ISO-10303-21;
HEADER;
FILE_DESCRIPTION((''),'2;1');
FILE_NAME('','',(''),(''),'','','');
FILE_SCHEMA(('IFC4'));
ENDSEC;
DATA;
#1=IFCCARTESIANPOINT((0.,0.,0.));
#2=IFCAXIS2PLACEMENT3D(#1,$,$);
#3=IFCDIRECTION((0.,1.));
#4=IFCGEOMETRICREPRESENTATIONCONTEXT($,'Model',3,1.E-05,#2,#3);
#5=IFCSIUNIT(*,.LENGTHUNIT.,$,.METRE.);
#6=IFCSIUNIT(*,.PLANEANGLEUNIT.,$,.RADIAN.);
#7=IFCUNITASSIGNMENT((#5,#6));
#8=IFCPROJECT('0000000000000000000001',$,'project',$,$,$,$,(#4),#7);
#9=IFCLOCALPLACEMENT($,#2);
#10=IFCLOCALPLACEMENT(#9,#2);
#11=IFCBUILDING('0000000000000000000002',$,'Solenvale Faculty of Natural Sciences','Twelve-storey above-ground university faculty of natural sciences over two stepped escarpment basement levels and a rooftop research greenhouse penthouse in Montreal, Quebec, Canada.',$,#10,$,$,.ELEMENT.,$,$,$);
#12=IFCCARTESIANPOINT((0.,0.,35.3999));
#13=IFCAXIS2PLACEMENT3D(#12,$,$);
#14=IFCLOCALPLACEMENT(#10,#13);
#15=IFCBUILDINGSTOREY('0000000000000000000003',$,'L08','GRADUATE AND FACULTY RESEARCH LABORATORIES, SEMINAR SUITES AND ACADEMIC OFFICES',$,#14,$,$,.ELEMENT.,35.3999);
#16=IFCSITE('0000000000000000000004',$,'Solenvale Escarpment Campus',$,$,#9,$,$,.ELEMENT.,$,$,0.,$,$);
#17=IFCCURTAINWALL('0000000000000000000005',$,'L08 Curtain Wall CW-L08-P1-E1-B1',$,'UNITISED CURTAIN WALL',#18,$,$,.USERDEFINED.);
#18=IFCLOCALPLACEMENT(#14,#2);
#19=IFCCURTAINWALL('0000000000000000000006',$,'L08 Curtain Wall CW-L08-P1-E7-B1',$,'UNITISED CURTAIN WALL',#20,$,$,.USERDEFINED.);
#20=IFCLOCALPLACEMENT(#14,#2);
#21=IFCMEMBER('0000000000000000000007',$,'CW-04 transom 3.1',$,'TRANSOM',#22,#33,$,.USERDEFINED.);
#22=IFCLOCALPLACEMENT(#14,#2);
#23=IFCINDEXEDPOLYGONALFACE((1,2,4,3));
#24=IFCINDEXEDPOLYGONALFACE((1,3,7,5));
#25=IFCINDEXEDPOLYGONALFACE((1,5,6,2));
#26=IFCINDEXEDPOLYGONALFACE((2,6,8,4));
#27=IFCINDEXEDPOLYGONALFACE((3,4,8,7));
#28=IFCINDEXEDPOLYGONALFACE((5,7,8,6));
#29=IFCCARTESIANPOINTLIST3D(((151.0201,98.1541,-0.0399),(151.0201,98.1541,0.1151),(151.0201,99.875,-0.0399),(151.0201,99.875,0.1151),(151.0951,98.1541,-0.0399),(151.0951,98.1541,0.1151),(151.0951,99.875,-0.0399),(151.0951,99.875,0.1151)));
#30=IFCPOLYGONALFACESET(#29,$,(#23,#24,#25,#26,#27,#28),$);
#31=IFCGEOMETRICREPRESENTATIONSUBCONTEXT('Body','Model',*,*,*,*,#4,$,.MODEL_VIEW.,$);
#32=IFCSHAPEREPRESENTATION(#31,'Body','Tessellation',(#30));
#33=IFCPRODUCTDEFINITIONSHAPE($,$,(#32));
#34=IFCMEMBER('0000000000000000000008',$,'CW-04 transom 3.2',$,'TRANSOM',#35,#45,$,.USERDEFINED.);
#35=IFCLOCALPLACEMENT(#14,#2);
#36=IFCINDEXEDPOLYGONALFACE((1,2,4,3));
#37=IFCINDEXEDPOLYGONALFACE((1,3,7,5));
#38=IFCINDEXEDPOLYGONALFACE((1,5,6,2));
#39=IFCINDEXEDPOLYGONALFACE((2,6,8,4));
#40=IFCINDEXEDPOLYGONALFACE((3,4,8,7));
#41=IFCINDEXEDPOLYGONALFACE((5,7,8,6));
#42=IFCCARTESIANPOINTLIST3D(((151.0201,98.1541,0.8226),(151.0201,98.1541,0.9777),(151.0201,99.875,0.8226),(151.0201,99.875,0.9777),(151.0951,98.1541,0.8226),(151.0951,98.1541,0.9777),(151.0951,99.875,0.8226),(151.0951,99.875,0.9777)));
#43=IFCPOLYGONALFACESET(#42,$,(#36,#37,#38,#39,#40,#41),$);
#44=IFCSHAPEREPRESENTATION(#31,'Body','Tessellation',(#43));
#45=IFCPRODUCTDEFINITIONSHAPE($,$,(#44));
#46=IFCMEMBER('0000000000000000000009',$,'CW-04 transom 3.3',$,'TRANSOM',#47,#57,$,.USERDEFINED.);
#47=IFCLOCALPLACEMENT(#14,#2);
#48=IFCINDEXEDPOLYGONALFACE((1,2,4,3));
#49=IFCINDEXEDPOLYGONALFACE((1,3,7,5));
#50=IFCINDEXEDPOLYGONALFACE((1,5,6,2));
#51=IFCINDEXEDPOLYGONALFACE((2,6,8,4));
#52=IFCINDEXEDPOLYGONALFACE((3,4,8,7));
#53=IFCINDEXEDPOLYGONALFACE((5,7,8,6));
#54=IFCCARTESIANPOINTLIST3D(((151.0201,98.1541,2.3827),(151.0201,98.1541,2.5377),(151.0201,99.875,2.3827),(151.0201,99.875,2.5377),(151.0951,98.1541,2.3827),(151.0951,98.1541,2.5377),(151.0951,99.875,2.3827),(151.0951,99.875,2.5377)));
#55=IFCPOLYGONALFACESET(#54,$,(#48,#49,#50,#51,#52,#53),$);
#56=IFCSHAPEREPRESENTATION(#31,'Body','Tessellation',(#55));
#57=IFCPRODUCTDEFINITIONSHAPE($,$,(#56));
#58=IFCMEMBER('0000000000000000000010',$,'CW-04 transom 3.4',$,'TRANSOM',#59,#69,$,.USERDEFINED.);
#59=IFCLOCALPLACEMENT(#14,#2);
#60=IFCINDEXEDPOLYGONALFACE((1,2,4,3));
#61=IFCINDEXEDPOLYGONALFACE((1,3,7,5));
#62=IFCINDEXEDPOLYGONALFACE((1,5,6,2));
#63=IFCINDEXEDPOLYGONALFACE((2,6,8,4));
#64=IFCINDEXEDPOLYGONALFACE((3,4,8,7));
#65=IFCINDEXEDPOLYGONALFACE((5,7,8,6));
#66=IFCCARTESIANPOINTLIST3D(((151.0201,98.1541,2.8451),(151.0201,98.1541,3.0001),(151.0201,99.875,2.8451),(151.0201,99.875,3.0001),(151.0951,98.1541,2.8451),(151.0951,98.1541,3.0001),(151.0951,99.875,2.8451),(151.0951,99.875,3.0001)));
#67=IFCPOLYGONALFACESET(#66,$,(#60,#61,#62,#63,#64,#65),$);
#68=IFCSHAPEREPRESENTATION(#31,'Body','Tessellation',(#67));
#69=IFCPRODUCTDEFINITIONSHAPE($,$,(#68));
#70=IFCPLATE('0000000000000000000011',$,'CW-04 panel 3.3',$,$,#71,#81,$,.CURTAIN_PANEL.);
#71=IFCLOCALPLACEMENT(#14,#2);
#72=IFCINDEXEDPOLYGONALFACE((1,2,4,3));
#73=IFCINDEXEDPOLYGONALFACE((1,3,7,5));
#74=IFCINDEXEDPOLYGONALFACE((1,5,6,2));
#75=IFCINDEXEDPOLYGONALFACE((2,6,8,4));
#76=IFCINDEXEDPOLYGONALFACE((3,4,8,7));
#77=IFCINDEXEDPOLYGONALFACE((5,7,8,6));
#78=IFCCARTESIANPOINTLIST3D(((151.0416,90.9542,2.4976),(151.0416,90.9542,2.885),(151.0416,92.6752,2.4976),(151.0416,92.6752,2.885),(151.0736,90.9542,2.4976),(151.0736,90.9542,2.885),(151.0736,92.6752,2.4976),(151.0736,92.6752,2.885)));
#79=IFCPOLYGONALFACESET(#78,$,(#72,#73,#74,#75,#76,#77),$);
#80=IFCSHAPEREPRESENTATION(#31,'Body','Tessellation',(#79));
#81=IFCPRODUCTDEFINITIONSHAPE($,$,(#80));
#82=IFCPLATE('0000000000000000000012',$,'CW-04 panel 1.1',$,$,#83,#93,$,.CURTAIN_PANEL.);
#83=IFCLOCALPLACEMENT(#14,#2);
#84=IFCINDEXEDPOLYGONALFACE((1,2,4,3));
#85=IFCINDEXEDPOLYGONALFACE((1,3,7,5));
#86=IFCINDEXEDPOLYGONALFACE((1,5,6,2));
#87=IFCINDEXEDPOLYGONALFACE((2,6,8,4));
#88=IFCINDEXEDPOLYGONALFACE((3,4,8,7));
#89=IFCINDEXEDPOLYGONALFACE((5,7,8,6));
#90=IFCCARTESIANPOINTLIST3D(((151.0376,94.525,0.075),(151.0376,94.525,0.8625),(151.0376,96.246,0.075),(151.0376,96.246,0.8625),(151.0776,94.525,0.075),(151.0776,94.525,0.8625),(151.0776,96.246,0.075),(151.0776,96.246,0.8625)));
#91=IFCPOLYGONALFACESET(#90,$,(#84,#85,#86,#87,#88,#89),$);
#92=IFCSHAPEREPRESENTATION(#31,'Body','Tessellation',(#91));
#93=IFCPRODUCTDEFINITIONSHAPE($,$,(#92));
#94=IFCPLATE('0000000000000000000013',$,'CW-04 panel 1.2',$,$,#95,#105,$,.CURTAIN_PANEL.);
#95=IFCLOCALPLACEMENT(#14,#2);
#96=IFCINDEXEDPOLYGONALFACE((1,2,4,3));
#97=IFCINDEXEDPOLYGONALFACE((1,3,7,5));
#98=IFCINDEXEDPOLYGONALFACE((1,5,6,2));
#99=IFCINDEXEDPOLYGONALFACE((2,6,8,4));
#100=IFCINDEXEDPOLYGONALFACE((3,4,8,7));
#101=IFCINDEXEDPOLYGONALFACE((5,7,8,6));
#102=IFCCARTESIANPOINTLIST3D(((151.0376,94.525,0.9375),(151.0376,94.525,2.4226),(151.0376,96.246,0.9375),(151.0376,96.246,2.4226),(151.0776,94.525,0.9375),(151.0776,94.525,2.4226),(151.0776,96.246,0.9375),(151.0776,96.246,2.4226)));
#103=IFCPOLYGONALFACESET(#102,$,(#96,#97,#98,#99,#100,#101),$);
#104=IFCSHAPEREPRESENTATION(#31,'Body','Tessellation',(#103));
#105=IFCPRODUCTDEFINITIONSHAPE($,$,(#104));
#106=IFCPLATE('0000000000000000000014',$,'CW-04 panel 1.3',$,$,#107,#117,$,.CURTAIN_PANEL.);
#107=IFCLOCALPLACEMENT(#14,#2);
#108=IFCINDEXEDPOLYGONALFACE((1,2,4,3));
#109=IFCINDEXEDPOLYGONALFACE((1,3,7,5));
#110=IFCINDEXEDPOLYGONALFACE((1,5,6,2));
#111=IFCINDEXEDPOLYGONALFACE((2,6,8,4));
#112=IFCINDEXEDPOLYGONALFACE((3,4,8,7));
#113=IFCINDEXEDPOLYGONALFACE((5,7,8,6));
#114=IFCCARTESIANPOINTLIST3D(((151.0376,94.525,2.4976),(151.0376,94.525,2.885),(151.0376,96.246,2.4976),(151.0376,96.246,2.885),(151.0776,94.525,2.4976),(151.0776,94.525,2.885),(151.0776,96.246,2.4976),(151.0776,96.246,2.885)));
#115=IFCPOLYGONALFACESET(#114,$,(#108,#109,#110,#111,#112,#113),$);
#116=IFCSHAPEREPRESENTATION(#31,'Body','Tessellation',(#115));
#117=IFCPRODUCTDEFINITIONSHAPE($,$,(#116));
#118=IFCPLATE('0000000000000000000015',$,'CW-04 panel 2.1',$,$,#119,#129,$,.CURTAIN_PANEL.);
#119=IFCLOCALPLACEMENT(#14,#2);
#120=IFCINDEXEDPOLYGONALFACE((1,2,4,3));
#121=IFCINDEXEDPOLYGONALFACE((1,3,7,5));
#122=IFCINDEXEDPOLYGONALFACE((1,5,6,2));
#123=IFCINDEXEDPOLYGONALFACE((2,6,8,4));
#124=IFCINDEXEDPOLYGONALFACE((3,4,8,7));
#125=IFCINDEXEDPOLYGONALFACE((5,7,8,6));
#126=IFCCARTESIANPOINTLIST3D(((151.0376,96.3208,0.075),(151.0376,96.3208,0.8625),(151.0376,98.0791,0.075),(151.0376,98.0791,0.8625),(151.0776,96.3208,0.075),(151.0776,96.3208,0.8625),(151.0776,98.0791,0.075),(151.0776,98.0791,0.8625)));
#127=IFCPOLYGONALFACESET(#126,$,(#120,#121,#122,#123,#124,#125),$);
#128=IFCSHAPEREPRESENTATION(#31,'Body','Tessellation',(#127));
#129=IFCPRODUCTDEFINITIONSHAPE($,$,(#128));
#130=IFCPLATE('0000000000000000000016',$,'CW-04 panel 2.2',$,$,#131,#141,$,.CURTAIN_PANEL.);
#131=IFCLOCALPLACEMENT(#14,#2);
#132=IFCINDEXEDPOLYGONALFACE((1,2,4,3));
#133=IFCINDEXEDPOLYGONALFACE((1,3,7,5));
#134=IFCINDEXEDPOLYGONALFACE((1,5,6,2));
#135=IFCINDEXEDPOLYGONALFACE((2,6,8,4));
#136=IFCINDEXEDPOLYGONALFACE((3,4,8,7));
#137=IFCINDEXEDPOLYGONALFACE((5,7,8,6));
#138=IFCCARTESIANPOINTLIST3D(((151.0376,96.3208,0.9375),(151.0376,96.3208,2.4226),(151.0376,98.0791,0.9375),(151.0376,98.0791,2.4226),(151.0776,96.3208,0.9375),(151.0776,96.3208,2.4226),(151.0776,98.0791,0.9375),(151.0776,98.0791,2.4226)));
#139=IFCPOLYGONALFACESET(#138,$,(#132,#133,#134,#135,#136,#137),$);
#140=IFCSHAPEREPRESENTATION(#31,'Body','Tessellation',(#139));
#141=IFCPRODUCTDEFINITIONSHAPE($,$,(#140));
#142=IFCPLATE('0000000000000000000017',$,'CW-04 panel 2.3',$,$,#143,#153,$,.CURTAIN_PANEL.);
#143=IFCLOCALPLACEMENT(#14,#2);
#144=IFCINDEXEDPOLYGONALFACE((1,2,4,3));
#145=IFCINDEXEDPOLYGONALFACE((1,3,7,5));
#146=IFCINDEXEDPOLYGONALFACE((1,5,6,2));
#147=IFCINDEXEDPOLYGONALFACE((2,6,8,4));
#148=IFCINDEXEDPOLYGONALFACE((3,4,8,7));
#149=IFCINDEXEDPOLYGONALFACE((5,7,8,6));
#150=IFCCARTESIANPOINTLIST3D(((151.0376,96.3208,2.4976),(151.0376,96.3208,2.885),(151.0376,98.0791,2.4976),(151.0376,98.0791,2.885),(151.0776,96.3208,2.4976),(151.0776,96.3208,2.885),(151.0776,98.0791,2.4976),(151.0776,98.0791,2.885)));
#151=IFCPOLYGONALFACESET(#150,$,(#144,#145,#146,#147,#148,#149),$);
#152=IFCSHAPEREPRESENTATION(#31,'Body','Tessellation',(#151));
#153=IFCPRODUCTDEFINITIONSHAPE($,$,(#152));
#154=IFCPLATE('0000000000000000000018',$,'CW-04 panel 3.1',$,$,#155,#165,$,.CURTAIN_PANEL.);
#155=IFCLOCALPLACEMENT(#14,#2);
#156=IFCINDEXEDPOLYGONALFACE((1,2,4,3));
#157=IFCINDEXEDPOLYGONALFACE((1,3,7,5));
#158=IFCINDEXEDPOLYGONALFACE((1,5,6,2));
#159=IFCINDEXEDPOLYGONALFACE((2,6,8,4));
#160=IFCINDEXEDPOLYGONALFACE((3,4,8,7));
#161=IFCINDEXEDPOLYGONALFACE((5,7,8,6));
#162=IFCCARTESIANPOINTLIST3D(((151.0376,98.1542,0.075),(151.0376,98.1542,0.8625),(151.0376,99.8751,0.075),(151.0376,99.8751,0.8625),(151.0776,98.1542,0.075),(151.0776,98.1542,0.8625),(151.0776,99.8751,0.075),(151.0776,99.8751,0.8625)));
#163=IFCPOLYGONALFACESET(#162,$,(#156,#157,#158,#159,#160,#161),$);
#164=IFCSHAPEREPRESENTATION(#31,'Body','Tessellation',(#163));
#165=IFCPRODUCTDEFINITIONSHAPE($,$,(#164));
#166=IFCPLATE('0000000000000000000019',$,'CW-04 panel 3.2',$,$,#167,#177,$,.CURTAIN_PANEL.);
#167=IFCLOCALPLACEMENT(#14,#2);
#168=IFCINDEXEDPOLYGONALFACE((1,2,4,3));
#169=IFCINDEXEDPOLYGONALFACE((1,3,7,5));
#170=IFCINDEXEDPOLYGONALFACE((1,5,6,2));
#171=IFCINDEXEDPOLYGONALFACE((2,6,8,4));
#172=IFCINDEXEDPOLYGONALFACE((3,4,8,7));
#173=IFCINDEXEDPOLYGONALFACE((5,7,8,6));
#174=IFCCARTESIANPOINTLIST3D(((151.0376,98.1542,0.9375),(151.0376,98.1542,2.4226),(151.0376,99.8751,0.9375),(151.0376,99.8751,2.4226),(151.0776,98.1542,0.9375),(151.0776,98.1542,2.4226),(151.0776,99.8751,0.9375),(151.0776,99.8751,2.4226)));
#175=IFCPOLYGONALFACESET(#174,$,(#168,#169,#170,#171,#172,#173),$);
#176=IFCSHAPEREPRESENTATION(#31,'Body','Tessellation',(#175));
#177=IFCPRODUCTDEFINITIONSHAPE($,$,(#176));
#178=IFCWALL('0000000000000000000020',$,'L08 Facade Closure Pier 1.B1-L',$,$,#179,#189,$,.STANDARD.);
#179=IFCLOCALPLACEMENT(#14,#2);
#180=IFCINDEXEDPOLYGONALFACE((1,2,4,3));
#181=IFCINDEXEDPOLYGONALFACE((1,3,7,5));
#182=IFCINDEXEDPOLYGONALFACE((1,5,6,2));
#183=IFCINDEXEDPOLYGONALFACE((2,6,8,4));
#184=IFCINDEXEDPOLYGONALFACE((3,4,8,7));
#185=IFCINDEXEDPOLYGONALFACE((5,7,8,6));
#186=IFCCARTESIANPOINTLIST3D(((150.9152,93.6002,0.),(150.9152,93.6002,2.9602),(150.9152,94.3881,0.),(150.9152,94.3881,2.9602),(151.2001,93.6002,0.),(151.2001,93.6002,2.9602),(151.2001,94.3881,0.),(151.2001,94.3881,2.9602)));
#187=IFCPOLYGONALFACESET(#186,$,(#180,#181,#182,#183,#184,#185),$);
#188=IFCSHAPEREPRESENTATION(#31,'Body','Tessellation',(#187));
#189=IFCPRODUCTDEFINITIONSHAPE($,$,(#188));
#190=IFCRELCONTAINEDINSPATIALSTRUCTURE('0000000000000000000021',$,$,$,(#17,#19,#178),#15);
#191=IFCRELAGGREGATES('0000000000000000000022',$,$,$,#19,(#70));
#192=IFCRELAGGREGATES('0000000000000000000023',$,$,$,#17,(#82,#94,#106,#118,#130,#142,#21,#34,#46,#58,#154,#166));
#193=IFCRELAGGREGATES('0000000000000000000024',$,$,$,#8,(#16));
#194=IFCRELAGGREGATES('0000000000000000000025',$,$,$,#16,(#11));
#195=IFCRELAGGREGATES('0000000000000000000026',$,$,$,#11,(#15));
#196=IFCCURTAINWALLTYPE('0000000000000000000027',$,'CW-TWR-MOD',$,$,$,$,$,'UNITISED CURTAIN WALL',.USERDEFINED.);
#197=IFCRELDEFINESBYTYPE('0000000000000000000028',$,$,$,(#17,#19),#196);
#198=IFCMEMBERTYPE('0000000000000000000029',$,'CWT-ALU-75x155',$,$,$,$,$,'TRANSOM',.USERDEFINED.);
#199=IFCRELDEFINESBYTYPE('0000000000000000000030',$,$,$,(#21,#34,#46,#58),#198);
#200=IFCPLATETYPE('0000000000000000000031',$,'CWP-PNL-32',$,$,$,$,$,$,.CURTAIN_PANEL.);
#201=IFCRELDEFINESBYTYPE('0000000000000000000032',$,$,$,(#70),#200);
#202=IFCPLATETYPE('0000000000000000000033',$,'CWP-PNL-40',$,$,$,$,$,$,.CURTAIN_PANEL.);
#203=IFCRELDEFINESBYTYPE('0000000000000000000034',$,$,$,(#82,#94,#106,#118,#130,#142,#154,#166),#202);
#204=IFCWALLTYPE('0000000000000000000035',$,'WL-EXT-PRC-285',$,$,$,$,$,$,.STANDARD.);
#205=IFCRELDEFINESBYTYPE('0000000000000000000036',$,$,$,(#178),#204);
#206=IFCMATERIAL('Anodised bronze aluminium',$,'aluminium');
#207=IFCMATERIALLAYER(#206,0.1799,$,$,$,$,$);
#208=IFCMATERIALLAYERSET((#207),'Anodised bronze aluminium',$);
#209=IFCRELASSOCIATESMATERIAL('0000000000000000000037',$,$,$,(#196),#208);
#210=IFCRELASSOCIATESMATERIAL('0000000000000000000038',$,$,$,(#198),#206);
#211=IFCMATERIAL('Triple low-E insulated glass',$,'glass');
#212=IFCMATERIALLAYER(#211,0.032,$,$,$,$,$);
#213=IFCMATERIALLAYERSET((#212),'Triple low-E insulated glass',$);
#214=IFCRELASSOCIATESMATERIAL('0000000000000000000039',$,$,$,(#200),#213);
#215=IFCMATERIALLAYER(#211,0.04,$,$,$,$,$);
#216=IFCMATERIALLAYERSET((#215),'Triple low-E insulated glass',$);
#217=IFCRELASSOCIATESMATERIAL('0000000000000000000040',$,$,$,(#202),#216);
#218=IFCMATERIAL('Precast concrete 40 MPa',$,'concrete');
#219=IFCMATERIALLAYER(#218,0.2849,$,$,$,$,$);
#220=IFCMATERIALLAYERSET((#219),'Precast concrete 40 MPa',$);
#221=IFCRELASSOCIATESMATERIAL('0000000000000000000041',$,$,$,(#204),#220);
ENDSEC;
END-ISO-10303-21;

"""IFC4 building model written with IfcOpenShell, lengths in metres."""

from ifc_helpers import new_model, si_unit, direction, frame, frame_2d, origin, origin_2d, place, context, subcontext, project, spatial, rectangle, extrude, material, layer, layer_set, material_profile, profile_set, type_object, element, aggregate, save


model = new_model("IFC4")

# Units and contexts
model_context = context("Model", 3, precision=1e-05, world=origin(), true_north=direction((0.0, 1.0)))
body_context = subcontext(model_context, "Body", "Model", "MODEL_VIEW")
ifc_project = project(units=[si_unit("LENGTHUNIT", "METRE"), si_unit("PLANEANGLEUNIT", "RADIAN")], contexts=[model_context])

# Site, building, storey
site_placement = place(None, origin())
site = spatial("IfcSite", under=ifc_project, at=site_placement, Name="Solenvale Escarpment Campus", CompositionType="ELEMENT", RefElevation=0.0)
building_placement = place(site_placement, origin())
building = spatial("IfcBuilding", under=site, at=building_placement, Name="Solenvale Faculty of Natural Sciences", Description="Twelve-storey above-ground university faculty of natural sciences over two stepped escarpment basement levels and a rooftop research greenhouse penthouse in Montreal, Quebec, Canada.", CompositionType="ELEMENT")
storey_placement = place(building_placement, frame((0.0, 0.0, 35.3999)))
storey = spatial("IfcBuildingStorey", under=building, at=storey_placement, Name="L08", Description="GRADUATE AND FACULTY RESEARCH LABORATORIES, SEMINAR SUITES AND ACADEMIC OFFICES", CompositionType="ELEMENT", Elevation=35.3999)

# Curtain wall
ifc_material_1 = material(Name="Anodised bronze aluminium", Category="aluminium")
ifc_layer_1 = layer(ifc_material_1, 0.1799)
ifc_layer_set_1 = layer_set([ifc_layer_1], Name="Anodised bronze aluminium")
curtain_wall_type = type_object("IfcCurtainWallType", Name="CW-TWR-MOD", ElementType="UNITISED CURTAIN WALL", PredefinedType="USERDEFINED", material=ifc_layer_set_1)
curtain_wall_1_placement = place(storey_placement, origin())
curtain_wall_1 = element("IfcCurtainWall", 1, at=curtain_wall_1_placement, inside=storey, type_object=curtain_wall_type, Name="L08 Curtain Wall CW-L08-P1-E1-B1", ObjectType="UNITISED CURTAIN WALL", PredefinedType="USERDEFINED")

# Curtain wall
curtain_wall_2_placement = place(storey_placement, origin())
curtain_wall_2 = element("IfcCurtainWall", 2, at=curtain_wall_2_placement, inside=storey, type_object=curtain_wall_type, Name="L08 Curtain Wall CW-L08-P1-E7-B1", ObjectType="UNITISED CURTAIN WALL", PredefinedType="USERDEFINED")

# Members
ifc_material_profile_1 = material_profile(ifc_material_1, rectangle(XDim=0.075, YDim=0.155, at=origin_2d()), Name="ALU-TRN-75x155")
ifc_profile_set_1 = profile_set([ifc_material_profile_1], Name="Anodised bronze aluminium")
member_type_1 = type_object("IfcMemberType", Name="CWT-ALU-75x155", ElementType="TRANSOM", PredefinedType="USERDEFINED", material=ifc_profile_set_1)
member_1_placement = place(storey_placement, frame((151.0576, 98.1541, 0.0376), z_axis=(0.0, 1.0, 0.0), x_axis=(-1.0, 0.0, 0.0)))
member_1 = element("IfcMember", 3, at=member_1_placement, type_object=member_type_1, Name="CW-04 transom 3.1", ObjectType="TRANSOM", PredefinedType="USERDEFINED", context=body_context, shape_type="SweptSolid", body=[
    extrude(rectangle(XDim=0.075, YDim=0.155, at=origin_2d()), origin(), (0.0, 0.0, 1.0), 1.7209),
])
member_2_placement = place(storey_placement, frame((151.0576, 98.1541, 0.9001), z_axis=(0.0, 1.0, 0.0), x_axis=(-1.0, 0.0, 0.0)))
member_2 = element("IfcMember", 4, at=member_2_placement, type_object=member_type_1, Name="CW-04 transom 3.2", ObjectType="TRANSOM", PredefinedType="USERDEFINED", context=body_context, shape_type="SweptSolid", body=[
    extrude(rectangle(XDim=0.075, YDim=0.155, at=origin_2d()), origin(), (0.0, 0.0, 1.0), 1.7209),
])
member_3_placement = place(storey_placement, frame((151.0576, 98.1541, 2.4602), z_axis=(0.0, 1.0, 0.0), x_axis=(-1.0, 0.0, 0.0)))
member_3 = element("IfcMember", 5, at=member_3_placement, type_object=member_type_1, Name="CW-04 transom 3.3", ObjectType="TRANSOM", PredefinedType="USERDEFINED", context=body_context, shape_type="SweptSolid", body=[
    extrude(rectangle(XDim=0.075, YDim=0.155, at=origin_2d()), origin(), (0.0, 0.0, 1.0), 1.7209),
])
member_4_placement = place(storey_placement, frame((151.0576, 98.1541, 2.9226), z_axis=(0.0, 1.0, 0.0), x_axis=(-1.0, 0.0, 0.0)))
member_4 = element("IfcMember", 6, at=member_4_placement, type_object=member_type_1, Name="CW-04 transom 3.4", ObjectType="TRANSOM", PredefinedType="USERDEFINED", context=body_context, shape_type="SweptSolid", body=[
    extrude(rectangle(XDim=0.075, YDim=0.155, at=origin_2d()), origin(), (0.0, 0.0, 1.0), 1.7209),
])

# Plates
ifc_material_2 = material(Name="Triple low-E insulated glass", Category="glass")
ifc_layer_2 = layer(ifc_material_2, 0.032)
ifc_layer_set_2 = layer_set([ifc_layer_2], Name="Triple low-E insulated glass")
plate_type_1 = type_object("IfcPlateType", Name="CWP-PNL-32", PredefinedType="CURTAIN_PANEL", material=ifc_layer_set_2)
plate_1_placement = place(storey_placement, frame((151.0576, 91.8147, 2.4976), z_axis=(0.0, 0.0, 1.0), x_axis=(0.0, 1.0, 0.0)))
plate_1 = element("IfcPlate", 7, at=plate_1_placement, type_object=plate_type_1, Name="CW-04 panel 3.3", PredefinedType="CURTAIN_PANEL", context=body_context, shape_type="SweptSolid", body=[
    extrude(rectangle(XDim=1.7209, YDim=0.032, at=origin_2d()), origin(), (0.0, 0.0, 1.0), 0.3875),
])
aggregate(curtain_wall_2, [plate_1])
ifc_layer_3 = layer(ifc_material_2, 0.04)
ifc_layer_set_3 = layer_set([ifc_layer_3], Name="Triple low-E insulated glass")
plate_type_2 = type_object("IfcPlateType", Name="CWP-PNL-40", PredefinedType="CURTAIN_PANEL", material=ifc_layer_set_3)
plate_2_placement = place(storey_placement, frame((151.0576, 95.3855, 0.075), z_axis=(0.0, 0.0, 1.0), x_axis=(0.0, 1.0, 0.0)))
plate_2 = element("IfcPlate", 8, at=plate_2_placement, type_object=plate_type_2, Name="CW-04 panel 1.1", PredefinedType="CURTAIN_PANEL", context=body_context, shape_type="SweptSolid", body=[
    extrude(rectangle(XDim=1.7209, YDim=0.04, at=origin_2d()), origin(), (0.0, 0.0, 1.0), 0.7876),
])
plate_3_placement = place(storey_placement, frame((151.0576, 95.3855, 0.9375), z_axis=(0.0, 0.0, 1.0), x_axis=(0.0, 1.0, 0.0)))
plate_3 = element("IfcPlate", 9, at=plate_3_placement, type_object=plate_type_2, Name="CW-04 panel 1.2", PredefinedType="CURTAIN_PANEL", context=body_context, shape_type="SweptSolid", body=[
    extrude(rectangle(XDim=1.7209, YDim=0.04, at=origin_2d()), origin(), (0.0, 0.0, 1.0), 1.4851),
])
plate_4_placement = place(storey_placement, frame((151.0576, 95.3855, 2.4976), z_axis=(0.0, 0.0, 1.0), x_axis=(0.0, 1.0, 0.0)))
plate_4 = element("IfcPlate", 10, at=plate_4_placement, type_object=plate_type_2, Name="CW-04 panel 1.3", PredefinedType="CURTAIN_PANEL", context=body_context, shape_type="SweptSolid", body=[
    extrude(rectangle(XDim=1.7209, YDim=0.04, at=origin_2d()), origin(), (0.0, 0.0, 1.0), 0.3875),
])
plate_5_placement = place(storey_placement, frame((151.0576, 97.2, 0.075), z_axis=(0.0, 0.0, 1.0), x_axis=(0.0, 1.0, 0.0)))
plate_5 = element("IfcPlate", 11, at=plate_5_placement, type_object=plate_type_2, Name="CW-04 panel 2.1", PredefinedType="CURTAIN_PANEL", context=body_context, shape_type="SweptSolid", body=[
    extrude(rectangle(XDim=1.7583, YDim=0.04, at=origin_2d()), origin(), (0.0, 0.0, 1.0), 0.7876),
])
plate_6_placement = place(storey_placement, frame((151.0576, 97.2, 0.9375), z_axis=(0.0, 0.0, 1.0), x_axis=(0.0, 1.0, 0.0)))
plate_6 = element("IfcPlate", 12, at=plate_6_placement, type_object=plate_type_2, Name="CW-04 panel 2.2", PredefinedType="CURTAIN_PANEL", context=body_context, shape_type="SweptSolid", body=[
    extrude(rectangle(XDim=1.7583, YDim=0.04, at=origin_2d()), origin(), (0.0, 0.0, 1.0), 1.4851),
])
plate_7_placement = place(storey_placement, frame((151.0576, 97.2, 2.4976), z_axis=(0.0, 0.0, 1.0), x_axis=(0.0, 1.0, 0.0)))
plate_7 = element("IfcPlate", 13, at=plate_7_placement, type_object=plate_type_2, Name="CW-04 panel 2.3", PredefinedType="CURTAIN_PANEL", context=body_context, shape_type="SweptSolid", body=[
    extrude(rectangle(XDim=1.7583, YDim=0.04, at=origin_2d()), origin(), (0.0, 0.0, 1.0), 0.3875),
])
plate_8_placement = place(storey_placement, frame((151.0576, 99.0146, 0.075), z_axis=(0.0, 0.0, 1.0), x_axis=(0.0, 1.0, 0.0)))
plate_8 = element("IfcPlate", 14, at=plate_8_placement, type_object=plate_type_2, Name="CW-04 panel 3.1", PredefinedType="CURTAIN_PANEL", context=body_context, shape_type="SweptSolid", body=[
    extrude(rectangle(XDim=1.7209, YDim=0.04, at=origin_2d()), origin(), (0.0, 0.0, 1.0), 0.7876),
])
plate_9_placement = place(storey_placement, frame((151.0576, 99.0146, 0.9375), z_axis=(0.0, 0.0, 1.0), x_axis=(0.0, 1.0, 0.0)))
plate_9 = element("IfcPlate", 15, at=plate_9_placement, type_object=plate_type_2, Name="CW-04 panel 3.2", PredefinedType="CURTAIN_PANEL", context=body_context, shape_type="SweptSolid", body=[
    extrude(rectangle(XDim=1.7209, YDim=0.04, at=origin_2d()), origin(), (0.0, 0.0, 1.0), 1.4851),
])
aggregate(curtain_wall_1, [plate_2, plate_3, plate_4, plate_5, plate_6, plate_7, member_1, member_2, member_3, member_4, plate_8, plate_9])

# Wall
ifc_material_3 = material(Name="Precast concrete 40 MPa", Category="concrete")
ifc_layer_4 = layer(ifc_material_3, 0.2849)
ifc_layer_set_4 = layer_set([ifc_layer_4], Name="Precast concrete 40 MPa")
wall_type_1 = type_object("IfcWallType", Name="WL-EXT-PRC-285", PredefinedType="STANDARD", material=ifc_layer_set_4)
wall_1_placement = place(storey_placement, frame((151.0576, 93.6001, 0.0), z_axis=(0.0, 0.0, 1.0), x_axis=(0.0, 1.0, 0.0)))
element("IfcWall", 16, at=wall_1_placement, inside=storey, type_object=wall_type_1, Name="L08 Facade Closure Pier 1.B1-L", PredefinedType="STANDARD", context=body_context, shape_type="SweptSolid", body=[
    extrude(rectangle(XDim=0.7878, YDim=0.2849, at=frame_2d((0.394, 0.0))), origin(), (0.0, 0.0, 1.0), 2.9602),
])

save(model, "model.ifc")
